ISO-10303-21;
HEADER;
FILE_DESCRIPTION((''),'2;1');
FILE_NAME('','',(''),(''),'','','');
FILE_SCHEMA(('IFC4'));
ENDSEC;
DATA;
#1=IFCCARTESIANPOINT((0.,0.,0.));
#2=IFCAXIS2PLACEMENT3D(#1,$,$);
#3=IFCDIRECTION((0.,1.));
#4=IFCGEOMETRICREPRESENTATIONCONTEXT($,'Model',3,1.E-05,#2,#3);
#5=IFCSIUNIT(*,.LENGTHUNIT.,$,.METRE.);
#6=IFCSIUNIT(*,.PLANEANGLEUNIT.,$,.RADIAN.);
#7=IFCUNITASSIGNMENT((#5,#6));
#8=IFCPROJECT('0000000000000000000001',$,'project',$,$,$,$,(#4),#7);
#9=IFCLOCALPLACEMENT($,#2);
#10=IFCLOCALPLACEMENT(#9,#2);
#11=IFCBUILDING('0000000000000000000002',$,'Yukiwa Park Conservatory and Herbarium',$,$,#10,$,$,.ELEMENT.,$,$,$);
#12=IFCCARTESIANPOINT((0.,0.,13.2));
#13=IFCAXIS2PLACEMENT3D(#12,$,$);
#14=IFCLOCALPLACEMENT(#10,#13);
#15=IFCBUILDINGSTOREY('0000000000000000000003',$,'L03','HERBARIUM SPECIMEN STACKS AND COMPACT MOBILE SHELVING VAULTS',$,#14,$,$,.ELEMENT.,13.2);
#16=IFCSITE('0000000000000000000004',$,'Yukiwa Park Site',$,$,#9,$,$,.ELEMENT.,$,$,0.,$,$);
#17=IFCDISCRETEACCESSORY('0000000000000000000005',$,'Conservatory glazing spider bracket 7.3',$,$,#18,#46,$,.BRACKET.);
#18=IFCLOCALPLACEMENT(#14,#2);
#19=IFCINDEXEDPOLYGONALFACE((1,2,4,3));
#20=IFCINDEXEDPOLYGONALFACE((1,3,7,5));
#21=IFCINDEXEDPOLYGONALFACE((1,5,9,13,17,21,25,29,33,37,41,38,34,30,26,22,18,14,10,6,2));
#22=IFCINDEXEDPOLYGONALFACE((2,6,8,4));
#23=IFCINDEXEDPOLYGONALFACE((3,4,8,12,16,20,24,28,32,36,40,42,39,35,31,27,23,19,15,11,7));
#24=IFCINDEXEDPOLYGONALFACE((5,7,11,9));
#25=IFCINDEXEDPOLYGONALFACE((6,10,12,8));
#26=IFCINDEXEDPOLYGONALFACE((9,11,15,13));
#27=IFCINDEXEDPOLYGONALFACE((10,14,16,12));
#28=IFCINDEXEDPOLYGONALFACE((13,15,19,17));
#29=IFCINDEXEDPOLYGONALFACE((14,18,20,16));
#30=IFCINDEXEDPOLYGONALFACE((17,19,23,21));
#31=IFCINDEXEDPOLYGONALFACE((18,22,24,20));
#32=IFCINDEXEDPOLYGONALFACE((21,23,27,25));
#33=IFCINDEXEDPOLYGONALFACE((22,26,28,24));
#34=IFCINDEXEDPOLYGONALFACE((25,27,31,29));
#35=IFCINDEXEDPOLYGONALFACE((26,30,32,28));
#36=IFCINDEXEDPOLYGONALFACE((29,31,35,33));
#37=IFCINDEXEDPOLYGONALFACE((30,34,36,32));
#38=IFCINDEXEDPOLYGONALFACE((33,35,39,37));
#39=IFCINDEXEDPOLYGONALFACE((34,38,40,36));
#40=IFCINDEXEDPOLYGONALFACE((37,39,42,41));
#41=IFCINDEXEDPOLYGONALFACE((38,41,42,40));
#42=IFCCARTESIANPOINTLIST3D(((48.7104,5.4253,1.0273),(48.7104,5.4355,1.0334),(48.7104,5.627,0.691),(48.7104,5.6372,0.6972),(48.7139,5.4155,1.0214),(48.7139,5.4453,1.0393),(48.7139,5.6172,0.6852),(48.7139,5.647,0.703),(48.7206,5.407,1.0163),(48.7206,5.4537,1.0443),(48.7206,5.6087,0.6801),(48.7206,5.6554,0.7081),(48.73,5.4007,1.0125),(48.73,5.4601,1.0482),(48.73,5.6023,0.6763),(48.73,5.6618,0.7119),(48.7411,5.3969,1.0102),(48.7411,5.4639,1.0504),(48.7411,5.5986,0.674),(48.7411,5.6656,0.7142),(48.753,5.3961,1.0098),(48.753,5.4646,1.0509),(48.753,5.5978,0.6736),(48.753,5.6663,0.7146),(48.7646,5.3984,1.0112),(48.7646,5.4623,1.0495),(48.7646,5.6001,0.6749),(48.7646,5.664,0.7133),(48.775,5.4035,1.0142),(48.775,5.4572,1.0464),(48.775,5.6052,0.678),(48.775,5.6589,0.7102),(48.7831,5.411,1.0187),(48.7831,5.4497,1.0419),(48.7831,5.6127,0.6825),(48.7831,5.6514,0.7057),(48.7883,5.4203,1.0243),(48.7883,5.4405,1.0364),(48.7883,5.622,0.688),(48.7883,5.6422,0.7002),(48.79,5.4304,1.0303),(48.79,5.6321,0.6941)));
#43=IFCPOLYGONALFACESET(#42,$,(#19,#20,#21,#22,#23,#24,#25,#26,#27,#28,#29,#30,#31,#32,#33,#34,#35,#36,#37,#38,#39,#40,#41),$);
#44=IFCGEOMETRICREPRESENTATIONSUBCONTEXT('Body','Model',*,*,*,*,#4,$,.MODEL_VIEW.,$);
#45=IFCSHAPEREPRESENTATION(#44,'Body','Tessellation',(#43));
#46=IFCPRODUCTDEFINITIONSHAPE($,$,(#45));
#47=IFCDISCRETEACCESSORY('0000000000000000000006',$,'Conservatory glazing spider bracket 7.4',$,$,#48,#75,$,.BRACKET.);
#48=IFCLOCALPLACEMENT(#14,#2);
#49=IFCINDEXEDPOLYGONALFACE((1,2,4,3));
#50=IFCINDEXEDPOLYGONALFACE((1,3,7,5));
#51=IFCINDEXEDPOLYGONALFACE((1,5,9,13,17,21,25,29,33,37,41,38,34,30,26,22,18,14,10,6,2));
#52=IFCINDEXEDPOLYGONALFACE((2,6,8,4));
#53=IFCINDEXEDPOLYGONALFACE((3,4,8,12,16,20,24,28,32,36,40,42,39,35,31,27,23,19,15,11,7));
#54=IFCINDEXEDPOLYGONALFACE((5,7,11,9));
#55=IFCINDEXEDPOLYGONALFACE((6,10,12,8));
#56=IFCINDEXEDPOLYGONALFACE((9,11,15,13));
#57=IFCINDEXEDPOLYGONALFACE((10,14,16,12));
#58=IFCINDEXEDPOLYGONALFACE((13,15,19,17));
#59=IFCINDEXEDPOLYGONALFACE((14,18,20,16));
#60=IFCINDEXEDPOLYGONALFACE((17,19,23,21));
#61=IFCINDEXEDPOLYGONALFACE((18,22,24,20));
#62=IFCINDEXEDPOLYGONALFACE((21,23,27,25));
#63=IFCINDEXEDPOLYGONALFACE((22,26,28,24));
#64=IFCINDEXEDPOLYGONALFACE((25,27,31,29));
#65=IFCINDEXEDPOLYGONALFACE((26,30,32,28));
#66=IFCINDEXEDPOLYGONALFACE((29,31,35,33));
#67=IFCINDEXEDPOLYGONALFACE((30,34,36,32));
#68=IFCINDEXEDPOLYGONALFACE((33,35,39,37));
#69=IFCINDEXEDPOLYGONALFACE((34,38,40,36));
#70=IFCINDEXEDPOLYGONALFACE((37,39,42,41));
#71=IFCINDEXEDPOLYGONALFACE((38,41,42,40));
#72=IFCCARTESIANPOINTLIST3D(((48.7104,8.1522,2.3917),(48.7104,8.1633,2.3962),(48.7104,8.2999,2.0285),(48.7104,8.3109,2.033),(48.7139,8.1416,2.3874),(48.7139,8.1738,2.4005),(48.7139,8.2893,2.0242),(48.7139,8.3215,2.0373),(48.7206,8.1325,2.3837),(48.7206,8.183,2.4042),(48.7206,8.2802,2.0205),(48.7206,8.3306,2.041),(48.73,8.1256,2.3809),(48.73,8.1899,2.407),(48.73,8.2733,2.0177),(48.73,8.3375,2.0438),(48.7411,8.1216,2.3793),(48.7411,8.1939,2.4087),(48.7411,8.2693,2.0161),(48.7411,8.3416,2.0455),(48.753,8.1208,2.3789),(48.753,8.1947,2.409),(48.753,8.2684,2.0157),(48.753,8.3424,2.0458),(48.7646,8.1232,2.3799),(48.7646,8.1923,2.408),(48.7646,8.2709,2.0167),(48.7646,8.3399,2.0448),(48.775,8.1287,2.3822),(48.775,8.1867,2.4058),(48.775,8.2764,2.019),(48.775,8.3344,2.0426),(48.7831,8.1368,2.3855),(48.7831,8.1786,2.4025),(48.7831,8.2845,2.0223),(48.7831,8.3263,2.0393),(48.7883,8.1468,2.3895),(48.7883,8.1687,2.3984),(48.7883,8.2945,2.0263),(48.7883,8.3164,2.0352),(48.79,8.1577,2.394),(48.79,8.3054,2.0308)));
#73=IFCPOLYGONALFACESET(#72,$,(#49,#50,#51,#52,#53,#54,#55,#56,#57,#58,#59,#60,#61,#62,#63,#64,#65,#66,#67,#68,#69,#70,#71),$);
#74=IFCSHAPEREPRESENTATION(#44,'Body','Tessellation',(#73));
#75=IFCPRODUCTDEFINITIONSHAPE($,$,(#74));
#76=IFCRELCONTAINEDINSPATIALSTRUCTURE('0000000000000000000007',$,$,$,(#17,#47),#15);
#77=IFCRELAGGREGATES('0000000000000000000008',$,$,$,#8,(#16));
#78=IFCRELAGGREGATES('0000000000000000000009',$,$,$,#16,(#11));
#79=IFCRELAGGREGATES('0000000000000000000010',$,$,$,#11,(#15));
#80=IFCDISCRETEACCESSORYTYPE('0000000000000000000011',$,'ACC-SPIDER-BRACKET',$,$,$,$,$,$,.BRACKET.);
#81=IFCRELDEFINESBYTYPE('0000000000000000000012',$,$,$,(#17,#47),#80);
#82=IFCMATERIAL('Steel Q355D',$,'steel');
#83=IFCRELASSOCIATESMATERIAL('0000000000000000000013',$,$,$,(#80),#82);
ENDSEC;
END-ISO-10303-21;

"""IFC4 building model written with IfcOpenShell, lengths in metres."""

from ifc_helpers import new_model, si_unit, direction, frame, origin, origin_2d, place, context, subcontext, project, spatial, circle, extrude, material, type_object, element, save


model = new_model("IFC4")

# Units and contexts
model_context = context("Model", 3, precision=1e-05, world=origin(), true_north=direction((0.0, 1.0)))
body_context = subcontext(model_context, "Body", "Model", "MODEL_VIEW")
ifc_project = project(units=[si_unit("LENGTHUNIT", "METRE"), si_unit("PLANEANGLEUNIT", "RADIAN")], contexts=[model_context])

# Site, building, storey
site_placement = place(None, origin())
site = spatial("IfcSite", under=ifc_project, at=site_placement, Name="Yukiwa Park Site", CompositionType="ELEMENT", RefElevation=0.0)
building_placement = place(site_placement, origin())
building = spatial("IfcBuilding", under=site, at=building_placement, Name="Yukiwa Park Conservatory and Herbarium", CompositionType="ELEMENT")
storey_placement = place(building_placement, frame((0.0, 0.0, 13.2)))
storey = spatial("IfcBuildingStorey", under=building, at=storey_placement, Name="L03", Description="HERBARIUM SPECIMEN STACKS AND COMPACT MOBILE SHELVING VAULTS", CompositionType="ELEMENT", Elevation=13.2)

# Discrete accessories
ifc_material_1 = material(Name="Steel Q355D", Category="steel")
discrete_accessory_type = type_object("IfcDiscreteAccessoryType", Name="ACC-SPIDER-BRACKET", PredefinedType="BRACKET", material=ifc_material_1)
for number, where, z_axis, x_axis, name in (
    (1, (48.75, 5.6321, 0.6941), (0.0, -0.514404, 0.857548), (1.0, 0.0, 0.0), "Conservatory glazing spider bracket 7.3"),
    (2, (48.75, 8.3054, 2.0308), (0.0, -0.376644, 0.926358), (1.0, 0.0, 0.0), "Conservatory glazing spider bracket 7.4"),
):
    element("IfcDiscreteAccessory", number, at=place(storey_placement, frame(where, z_axis=z_axis, x_axis=x_axis)), inside=storey, type_object=discrete_accessory_type, Name=name, PredefinedType="BRACKET", context=body_context, shape_type="SweptSolid", body=[
        extrude(circle(Radius=0.04, at=origin_2d()), origin(), (0.0, 0.0, 1.0), 0.3921),
    ])

save(model, "model.ifc")
